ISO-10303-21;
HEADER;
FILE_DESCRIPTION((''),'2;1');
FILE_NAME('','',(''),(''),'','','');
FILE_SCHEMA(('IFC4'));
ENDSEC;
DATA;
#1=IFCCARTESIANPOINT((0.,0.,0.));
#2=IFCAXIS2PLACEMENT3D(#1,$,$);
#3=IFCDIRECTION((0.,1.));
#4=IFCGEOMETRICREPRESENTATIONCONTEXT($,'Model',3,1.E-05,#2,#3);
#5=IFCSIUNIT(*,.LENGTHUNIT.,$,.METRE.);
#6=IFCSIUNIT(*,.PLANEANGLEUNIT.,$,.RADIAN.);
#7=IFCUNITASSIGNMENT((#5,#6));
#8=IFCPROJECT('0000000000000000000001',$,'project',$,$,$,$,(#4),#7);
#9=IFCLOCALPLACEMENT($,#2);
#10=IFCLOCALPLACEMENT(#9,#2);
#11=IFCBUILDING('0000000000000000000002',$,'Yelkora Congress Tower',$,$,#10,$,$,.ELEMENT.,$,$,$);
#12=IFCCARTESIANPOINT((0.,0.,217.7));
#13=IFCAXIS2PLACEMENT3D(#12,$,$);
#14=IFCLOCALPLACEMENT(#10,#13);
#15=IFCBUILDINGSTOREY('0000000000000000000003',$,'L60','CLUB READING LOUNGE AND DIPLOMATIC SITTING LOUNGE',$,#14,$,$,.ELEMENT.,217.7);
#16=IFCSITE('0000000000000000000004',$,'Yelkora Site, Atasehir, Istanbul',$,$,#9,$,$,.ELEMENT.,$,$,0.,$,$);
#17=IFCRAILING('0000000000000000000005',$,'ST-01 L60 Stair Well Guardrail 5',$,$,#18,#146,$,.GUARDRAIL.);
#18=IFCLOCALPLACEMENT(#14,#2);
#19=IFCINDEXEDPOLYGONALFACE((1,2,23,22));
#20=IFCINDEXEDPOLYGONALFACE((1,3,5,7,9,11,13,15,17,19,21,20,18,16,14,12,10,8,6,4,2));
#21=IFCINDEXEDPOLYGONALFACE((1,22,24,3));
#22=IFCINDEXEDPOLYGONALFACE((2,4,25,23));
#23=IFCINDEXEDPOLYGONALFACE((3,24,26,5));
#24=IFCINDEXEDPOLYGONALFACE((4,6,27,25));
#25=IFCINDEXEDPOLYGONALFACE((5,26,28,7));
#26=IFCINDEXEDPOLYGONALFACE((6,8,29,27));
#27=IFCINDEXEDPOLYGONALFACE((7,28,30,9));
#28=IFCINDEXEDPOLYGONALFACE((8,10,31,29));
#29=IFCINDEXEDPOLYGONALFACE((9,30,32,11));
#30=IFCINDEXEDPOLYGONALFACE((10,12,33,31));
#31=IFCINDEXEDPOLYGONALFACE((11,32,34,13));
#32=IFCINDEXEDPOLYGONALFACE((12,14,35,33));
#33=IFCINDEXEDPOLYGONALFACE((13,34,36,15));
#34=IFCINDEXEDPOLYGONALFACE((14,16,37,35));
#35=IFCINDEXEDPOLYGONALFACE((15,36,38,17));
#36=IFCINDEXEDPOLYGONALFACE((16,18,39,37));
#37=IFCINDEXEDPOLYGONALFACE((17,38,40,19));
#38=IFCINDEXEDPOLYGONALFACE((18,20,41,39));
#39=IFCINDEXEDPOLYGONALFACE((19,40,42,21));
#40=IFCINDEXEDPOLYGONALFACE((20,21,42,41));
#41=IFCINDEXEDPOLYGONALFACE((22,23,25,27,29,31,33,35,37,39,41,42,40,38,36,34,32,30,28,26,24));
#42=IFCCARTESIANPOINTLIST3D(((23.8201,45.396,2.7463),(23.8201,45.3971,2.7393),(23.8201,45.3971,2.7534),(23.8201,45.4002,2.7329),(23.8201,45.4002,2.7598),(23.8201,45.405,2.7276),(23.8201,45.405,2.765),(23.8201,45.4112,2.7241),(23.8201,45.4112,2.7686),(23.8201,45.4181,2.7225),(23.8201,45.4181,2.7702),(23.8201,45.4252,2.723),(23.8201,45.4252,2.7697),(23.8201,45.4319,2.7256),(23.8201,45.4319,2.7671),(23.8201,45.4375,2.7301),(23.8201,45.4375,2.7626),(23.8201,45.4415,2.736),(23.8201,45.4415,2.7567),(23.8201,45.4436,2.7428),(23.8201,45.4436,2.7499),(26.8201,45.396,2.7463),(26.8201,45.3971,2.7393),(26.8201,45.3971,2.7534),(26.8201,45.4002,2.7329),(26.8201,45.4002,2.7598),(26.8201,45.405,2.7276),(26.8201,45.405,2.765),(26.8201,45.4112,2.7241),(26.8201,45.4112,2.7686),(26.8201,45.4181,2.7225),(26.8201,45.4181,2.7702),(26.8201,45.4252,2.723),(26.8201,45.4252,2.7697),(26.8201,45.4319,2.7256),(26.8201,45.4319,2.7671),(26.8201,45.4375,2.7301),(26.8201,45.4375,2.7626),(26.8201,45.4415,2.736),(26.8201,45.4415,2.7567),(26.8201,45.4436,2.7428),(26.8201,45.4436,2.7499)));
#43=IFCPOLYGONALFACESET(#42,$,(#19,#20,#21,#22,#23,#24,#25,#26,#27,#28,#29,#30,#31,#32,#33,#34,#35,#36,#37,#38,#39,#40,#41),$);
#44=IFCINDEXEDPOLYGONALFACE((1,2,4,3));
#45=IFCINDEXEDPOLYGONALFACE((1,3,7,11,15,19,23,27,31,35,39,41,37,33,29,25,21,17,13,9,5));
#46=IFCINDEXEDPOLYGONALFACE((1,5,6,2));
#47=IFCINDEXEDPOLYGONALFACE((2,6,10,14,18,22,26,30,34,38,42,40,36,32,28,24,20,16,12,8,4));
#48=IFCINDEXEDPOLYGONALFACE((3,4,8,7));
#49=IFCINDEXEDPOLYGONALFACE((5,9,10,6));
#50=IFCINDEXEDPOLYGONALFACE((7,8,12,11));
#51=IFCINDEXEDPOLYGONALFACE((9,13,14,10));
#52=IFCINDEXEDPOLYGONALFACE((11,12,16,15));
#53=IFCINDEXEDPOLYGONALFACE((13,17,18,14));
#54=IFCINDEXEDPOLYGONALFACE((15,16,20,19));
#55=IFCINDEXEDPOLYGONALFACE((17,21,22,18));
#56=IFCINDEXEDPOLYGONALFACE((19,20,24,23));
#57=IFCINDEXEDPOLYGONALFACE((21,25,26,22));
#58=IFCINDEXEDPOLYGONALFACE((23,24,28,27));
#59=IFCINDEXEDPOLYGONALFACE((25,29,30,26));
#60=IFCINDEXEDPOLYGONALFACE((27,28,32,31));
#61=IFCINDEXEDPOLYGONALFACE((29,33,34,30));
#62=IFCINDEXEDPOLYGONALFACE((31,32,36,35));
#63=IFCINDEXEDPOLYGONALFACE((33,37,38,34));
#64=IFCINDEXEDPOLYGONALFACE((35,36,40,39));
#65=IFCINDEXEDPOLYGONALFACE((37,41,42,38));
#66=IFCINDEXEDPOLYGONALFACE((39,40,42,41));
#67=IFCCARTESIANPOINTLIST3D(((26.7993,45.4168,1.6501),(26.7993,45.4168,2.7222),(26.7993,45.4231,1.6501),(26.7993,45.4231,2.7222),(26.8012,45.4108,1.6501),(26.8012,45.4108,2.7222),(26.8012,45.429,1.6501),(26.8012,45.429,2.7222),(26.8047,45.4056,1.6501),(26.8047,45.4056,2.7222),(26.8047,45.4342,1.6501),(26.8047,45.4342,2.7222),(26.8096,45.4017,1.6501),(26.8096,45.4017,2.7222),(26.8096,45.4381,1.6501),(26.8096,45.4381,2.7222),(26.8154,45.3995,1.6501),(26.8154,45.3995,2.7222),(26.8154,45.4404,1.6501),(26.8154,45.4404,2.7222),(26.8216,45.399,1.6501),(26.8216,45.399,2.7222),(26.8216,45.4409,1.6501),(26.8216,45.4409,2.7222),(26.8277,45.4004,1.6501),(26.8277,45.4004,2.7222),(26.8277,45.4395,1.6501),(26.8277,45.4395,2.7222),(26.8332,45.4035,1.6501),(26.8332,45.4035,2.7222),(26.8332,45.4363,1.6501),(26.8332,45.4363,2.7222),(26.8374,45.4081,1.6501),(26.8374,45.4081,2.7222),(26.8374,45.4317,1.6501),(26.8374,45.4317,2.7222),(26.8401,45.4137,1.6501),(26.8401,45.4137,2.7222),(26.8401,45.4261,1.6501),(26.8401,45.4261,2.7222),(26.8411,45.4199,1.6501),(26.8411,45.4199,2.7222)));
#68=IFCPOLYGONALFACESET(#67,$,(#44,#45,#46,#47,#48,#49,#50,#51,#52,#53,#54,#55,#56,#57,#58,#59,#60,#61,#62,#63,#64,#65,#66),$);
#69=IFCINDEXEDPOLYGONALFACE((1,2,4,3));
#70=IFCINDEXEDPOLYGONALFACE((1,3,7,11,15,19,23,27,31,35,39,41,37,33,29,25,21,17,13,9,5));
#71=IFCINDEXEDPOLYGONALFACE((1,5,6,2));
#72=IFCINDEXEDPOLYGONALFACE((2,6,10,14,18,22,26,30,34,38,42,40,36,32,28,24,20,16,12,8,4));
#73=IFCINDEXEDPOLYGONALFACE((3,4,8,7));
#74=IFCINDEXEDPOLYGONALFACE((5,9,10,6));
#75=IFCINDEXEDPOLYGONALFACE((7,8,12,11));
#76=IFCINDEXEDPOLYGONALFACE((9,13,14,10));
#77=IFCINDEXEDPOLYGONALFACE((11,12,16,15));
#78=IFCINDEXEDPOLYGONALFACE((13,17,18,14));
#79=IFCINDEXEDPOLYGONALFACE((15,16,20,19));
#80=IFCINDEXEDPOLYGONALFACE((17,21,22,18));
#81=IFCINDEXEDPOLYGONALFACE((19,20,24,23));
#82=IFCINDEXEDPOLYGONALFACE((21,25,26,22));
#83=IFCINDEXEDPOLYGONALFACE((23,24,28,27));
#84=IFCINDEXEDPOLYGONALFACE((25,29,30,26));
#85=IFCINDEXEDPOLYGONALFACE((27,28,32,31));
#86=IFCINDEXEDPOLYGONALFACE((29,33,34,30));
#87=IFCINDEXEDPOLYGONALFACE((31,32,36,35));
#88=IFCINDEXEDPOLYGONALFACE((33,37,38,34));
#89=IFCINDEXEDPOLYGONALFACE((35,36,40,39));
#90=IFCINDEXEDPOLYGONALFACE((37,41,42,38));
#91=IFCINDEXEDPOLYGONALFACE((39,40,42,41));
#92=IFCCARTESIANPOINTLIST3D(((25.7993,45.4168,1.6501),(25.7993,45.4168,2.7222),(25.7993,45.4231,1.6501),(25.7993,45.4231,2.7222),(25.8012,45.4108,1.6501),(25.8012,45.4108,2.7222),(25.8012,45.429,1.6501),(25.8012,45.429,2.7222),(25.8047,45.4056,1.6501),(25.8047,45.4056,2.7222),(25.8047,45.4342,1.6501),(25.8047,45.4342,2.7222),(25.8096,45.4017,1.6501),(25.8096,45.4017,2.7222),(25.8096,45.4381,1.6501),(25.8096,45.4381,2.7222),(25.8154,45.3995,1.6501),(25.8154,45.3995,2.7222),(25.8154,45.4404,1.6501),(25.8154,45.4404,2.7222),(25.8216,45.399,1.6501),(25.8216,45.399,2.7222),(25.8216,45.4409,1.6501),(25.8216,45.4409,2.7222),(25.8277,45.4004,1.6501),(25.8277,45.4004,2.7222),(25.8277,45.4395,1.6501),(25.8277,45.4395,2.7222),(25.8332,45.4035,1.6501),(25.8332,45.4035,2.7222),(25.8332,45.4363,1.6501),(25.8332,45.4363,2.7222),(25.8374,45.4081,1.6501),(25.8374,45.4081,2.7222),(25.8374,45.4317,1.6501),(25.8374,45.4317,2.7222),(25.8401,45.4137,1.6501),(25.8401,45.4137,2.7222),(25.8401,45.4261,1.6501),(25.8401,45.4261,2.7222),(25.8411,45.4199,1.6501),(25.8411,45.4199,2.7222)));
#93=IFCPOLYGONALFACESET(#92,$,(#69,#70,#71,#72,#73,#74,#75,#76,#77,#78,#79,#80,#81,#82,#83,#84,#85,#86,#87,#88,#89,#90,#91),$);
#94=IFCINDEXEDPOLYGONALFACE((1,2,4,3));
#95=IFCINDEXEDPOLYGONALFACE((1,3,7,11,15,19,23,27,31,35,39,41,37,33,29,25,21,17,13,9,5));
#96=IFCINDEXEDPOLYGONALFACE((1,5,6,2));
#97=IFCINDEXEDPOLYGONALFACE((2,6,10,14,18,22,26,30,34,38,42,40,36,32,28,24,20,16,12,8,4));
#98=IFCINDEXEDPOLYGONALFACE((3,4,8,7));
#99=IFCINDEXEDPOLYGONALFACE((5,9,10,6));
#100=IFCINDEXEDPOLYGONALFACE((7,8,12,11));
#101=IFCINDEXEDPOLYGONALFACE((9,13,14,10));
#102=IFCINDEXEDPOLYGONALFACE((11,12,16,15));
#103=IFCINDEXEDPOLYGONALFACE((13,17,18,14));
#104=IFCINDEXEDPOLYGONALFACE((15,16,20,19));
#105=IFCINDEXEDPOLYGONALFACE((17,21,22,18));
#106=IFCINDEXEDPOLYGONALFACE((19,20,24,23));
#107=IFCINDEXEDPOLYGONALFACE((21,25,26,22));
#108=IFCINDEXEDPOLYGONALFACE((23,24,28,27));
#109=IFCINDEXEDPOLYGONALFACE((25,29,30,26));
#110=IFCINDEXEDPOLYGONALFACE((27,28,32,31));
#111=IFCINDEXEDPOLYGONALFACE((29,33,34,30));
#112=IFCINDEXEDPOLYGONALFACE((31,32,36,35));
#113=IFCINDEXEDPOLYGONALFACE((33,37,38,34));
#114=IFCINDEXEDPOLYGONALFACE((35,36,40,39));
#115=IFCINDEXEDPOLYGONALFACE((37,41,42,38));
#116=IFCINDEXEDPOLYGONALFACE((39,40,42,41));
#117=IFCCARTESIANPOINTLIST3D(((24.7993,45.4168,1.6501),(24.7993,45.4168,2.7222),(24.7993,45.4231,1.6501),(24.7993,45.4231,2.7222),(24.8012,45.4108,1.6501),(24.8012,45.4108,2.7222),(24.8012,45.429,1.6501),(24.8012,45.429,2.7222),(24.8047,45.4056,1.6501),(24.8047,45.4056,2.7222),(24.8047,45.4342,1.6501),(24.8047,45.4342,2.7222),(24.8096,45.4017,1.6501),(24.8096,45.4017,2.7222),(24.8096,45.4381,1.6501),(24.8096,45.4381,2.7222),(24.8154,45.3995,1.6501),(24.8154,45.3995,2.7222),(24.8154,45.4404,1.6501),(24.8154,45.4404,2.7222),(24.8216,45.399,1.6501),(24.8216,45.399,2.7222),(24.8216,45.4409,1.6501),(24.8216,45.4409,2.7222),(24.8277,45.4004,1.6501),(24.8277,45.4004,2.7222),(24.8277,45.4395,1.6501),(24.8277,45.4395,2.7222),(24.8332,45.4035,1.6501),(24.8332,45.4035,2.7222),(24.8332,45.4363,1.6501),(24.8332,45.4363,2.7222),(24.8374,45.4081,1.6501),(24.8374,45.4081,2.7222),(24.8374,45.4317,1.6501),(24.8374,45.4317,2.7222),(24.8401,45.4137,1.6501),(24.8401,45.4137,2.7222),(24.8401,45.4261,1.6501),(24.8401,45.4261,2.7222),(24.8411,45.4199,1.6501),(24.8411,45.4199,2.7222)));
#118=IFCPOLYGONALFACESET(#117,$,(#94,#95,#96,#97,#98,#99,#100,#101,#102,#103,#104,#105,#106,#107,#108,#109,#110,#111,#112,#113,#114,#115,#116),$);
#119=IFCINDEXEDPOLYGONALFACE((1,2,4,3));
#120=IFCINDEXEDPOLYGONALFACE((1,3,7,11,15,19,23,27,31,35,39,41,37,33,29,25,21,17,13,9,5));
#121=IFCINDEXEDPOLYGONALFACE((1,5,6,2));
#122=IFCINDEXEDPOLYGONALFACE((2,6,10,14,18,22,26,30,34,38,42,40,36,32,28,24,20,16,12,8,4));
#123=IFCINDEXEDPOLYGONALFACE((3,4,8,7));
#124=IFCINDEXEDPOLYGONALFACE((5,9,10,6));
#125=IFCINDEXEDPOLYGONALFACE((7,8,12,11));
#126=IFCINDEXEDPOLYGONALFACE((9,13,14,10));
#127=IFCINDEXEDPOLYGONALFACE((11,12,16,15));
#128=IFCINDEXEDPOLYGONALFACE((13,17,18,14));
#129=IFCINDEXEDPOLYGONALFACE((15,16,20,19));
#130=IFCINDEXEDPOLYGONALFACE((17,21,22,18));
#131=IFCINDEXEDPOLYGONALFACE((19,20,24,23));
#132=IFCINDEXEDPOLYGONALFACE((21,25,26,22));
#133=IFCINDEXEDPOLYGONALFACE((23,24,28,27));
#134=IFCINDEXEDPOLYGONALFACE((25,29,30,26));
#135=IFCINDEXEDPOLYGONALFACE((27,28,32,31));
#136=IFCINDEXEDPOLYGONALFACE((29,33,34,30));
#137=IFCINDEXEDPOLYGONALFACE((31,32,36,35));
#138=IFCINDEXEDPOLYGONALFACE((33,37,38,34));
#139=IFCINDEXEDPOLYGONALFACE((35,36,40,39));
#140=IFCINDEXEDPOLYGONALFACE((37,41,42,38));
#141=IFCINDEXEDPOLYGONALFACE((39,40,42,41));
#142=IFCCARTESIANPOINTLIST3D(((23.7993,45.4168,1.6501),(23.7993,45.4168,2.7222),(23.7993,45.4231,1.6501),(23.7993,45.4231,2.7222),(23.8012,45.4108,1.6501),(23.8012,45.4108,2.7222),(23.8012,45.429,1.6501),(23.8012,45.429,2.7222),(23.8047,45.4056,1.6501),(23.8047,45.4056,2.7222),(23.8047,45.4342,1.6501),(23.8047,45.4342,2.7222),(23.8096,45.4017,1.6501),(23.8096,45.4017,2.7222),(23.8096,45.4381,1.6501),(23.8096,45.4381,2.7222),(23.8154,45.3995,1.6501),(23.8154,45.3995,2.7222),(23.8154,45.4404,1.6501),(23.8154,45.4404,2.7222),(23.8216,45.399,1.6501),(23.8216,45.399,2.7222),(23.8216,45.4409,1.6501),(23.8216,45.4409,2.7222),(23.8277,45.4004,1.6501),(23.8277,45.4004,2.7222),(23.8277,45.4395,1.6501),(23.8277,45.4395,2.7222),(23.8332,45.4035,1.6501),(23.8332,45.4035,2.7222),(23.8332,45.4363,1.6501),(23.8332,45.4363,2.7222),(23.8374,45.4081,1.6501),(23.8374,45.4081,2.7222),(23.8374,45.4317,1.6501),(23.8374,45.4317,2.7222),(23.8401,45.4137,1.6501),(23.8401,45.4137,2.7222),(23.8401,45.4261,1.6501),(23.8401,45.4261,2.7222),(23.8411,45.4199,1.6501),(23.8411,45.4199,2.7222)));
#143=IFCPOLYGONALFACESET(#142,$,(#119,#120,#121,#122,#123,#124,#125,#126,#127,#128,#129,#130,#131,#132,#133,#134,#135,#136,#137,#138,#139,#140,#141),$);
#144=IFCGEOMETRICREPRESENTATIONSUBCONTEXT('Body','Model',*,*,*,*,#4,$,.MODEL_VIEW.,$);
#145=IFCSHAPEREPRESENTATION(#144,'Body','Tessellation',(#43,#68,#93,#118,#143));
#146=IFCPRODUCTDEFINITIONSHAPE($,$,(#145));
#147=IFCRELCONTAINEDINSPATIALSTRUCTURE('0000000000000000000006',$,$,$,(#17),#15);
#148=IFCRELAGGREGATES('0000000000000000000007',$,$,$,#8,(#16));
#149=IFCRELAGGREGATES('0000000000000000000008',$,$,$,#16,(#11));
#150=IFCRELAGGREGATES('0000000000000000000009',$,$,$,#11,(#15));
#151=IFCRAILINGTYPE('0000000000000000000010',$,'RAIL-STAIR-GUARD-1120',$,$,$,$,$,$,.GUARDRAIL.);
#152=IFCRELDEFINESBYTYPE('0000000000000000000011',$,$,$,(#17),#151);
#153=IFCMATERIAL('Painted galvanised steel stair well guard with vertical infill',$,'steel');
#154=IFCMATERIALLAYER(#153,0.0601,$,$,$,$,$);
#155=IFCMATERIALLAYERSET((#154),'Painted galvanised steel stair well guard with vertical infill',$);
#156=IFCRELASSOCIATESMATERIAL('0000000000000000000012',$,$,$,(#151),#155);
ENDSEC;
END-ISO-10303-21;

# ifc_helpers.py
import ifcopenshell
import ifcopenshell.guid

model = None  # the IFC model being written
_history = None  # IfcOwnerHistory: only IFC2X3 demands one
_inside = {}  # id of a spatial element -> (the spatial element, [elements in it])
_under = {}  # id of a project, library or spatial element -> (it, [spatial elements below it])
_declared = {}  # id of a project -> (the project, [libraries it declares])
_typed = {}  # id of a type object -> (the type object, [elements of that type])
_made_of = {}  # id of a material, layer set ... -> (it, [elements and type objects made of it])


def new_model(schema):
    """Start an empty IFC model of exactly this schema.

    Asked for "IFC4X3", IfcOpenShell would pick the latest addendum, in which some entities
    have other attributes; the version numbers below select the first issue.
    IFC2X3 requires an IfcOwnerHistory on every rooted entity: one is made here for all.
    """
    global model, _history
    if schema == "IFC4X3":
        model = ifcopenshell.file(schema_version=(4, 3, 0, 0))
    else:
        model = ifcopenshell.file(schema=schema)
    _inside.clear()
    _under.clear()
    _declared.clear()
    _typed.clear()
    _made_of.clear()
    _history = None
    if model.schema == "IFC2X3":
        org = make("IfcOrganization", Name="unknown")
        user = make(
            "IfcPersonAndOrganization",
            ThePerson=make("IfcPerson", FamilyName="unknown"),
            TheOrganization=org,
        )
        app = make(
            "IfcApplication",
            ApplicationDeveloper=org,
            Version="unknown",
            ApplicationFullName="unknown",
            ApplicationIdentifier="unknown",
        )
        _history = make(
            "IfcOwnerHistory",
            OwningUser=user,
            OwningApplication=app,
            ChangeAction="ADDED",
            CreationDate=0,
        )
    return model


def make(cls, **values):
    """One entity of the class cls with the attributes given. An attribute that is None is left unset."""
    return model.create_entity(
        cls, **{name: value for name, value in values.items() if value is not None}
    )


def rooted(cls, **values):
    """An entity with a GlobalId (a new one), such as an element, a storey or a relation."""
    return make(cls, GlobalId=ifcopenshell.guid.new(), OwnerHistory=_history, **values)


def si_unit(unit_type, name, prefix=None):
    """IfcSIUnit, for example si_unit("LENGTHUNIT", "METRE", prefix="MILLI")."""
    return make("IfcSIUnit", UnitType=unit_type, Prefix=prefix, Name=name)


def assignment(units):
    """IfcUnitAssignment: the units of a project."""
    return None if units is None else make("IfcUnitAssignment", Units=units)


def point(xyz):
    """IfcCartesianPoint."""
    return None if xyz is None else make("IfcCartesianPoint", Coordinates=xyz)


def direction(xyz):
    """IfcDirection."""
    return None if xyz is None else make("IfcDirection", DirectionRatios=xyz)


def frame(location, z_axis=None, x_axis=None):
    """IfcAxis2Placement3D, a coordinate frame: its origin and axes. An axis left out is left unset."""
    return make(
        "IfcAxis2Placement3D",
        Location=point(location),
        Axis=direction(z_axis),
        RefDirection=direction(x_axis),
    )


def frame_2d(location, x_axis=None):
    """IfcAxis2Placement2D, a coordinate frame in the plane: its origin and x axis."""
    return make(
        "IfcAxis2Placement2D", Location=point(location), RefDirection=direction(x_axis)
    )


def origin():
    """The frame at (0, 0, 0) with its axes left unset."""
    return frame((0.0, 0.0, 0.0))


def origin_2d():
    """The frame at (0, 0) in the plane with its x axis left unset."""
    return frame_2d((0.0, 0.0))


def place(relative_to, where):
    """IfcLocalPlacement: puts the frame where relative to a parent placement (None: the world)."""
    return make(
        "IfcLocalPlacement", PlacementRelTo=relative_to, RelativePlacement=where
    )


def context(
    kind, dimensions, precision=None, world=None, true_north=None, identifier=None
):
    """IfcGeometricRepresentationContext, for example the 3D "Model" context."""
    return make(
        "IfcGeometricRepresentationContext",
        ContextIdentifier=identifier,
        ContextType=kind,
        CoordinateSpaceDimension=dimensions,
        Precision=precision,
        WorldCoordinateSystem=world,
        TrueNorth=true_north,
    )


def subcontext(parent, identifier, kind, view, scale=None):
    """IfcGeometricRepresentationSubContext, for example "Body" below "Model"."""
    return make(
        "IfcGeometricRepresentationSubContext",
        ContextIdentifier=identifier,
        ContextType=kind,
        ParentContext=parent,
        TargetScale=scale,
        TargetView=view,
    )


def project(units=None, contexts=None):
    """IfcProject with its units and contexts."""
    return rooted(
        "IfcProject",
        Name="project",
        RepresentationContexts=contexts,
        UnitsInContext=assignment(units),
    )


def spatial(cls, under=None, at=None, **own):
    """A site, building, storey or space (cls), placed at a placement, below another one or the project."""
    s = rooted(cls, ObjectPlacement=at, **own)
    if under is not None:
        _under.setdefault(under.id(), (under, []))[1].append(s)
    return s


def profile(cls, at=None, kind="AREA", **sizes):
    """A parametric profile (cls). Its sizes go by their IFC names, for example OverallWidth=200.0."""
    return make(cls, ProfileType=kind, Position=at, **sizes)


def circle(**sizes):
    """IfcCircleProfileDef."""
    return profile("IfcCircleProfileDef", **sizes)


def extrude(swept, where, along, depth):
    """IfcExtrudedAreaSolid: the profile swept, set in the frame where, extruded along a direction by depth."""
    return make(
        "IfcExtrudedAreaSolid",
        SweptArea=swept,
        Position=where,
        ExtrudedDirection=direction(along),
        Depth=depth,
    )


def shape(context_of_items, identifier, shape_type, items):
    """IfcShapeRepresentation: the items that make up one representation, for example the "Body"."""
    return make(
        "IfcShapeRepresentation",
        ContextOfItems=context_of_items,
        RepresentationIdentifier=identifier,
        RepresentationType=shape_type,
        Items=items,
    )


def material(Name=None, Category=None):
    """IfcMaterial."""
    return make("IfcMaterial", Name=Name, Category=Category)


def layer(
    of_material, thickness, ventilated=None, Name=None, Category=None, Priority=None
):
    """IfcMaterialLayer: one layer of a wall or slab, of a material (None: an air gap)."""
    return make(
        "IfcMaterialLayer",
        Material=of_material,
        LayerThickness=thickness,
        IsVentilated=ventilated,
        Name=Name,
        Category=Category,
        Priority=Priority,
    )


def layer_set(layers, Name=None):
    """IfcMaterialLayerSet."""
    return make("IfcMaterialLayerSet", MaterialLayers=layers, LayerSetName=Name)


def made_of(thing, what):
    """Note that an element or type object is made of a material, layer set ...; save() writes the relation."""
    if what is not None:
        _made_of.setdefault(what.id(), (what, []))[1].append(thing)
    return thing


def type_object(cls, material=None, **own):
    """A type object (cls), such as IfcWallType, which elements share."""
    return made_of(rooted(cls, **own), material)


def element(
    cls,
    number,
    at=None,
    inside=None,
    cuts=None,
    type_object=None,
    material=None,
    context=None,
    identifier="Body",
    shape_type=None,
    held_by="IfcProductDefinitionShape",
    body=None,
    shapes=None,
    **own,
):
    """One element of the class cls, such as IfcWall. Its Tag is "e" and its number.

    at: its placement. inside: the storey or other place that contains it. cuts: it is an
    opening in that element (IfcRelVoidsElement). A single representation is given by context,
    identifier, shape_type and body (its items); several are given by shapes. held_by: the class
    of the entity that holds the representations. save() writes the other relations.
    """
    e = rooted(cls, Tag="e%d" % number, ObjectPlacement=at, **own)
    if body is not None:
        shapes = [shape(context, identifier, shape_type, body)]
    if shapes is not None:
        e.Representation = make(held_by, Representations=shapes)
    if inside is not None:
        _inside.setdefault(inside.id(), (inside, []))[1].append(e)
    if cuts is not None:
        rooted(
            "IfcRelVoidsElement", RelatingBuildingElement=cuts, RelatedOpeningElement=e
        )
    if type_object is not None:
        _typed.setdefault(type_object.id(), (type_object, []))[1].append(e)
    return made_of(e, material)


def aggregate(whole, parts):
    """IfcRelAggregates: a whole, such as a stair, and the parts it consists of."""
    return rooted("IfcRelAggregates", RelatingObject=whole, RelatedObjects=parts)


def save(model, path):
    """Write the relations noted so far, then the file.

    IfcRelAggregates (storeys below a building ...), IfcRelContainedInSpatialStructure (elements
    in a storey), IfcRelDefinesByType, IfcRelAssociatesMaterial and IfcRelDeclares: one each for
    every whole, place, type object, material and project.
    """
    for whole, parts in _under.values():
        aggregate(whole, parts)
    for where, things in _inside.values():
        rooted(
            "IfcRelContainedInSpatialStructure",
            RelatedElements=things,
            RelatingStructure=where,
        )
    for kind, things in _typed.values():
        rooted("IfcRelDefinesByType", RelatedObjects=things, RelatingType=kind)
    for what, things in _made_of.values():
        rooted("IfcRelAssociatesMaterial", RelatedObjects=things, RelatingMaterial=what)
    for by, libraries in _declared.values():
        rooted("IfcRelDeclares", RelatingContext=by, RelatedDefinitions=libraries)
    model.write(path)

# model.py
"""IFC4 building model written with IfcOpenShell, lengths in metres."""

from ifc_helpers import new_model, si_unit, direction, frame, origin, origin_2d, place, context, subcontext, project, spatial, circle, extrude, material, layer, layer_set, type_object, element, save


model = new_model("IFC4")

# Units and contexts
model_context = context("Model", 3, precision=1e-05, world=origin(), true_north=direction((0.0, 1.0)))
body_context = subcontext(model_context, "Body", "Model", "MODEL_VIEW")
ifc_project = project(units=[si_unit("LENGTHUNIT", "METRE"), si_unit("PLANEANGLEUNIT", "RADIAN")], contexts=[model_context])

# Site, building, storey
site_placement = place(None, origin())
site = spatial("IfcSite", under=ifc_project, at=site_placement, Name="Yelkora Site, Atasehir, Istanbul", CompositionType="ELEMENT", RefElevation=0.0)
building_placement = place(site_placement, origin())
building = spatial("IfcBuilding", under=site, at=building_placement, Name="Yelkora Congress Tower", CompositionType="ELEMENT")
storey_placement = place(building_placement, frame((0.0, 0.0, 217.7)))
storey = spatial("IfcBuildingStorey", under=building, at=storey_placement, Name="L60", Description="CLUB READING LOUNGE AND DIPLOMATIC SITTING LOUNGE", CompositionType="ELEMENT", Elevation=217.7)

# Railing
ifc_material_1 = material(Name="Painted galvanised steel stair well guard with vertical infill", Category="steel")
ifc_layer_1 = layer(ifc_material_1, 0.0601)
ifc_layer_set_1 = layer_set([ifc_layer_1], Name="Painted galvanised steel stair well guard with vertical infill")
railing_type_1 = type_object("IfcRailingType", Name="RAIL-STAIR-GUARD-1120", PredefinedType="GUARDRAIL", material=ifc_layer_set_1)
railing_1_placement = place(storey_placement, frame((26.8201, 45.4199, 1.6501)))
element("IfcRailing", 1, at=railing_1_placement, inside=storey, type_object=railing_type_1, Name="ST-01 L60 Stair Well Guardrail 5", PredefinedType="GUARDRAIL", context=body_context, shape_type="SweptSolid", body=[
    extrude(circle(Radius=0.0239, at=origin_2d()), frame((0.0, 0.0, 1.0962), z_axis=(-1.0, 0.0, 0.0), x_axis=(0.0, -1.0, 0.0)), (0.0, 0.0, 1.0), 3.0),
    extrude(circle(Radius=0.021, at=origin_2d()), origin(), (0.0, 0.0, 1.0), 1.072),
    extrude(circle(Radius=0.021, at=origin_2d()), frame((-1.0, 0.0, 0.0)), (0.0, 0.0, 1.0), 1.072),
    extrude(circle(Radius=0.021, at=origin_2d()), frame((-2.0, 0.0, 0.0)), (0.0, 0.0, 1.0), 1.072),
    extrude(circle(Radius=0.021, at=origin_2d()), frame((-3.0, 0.0, 0.0)), (0.0, 0.0, 1.0), 1.072),
])

save(model, "model.ifc")
